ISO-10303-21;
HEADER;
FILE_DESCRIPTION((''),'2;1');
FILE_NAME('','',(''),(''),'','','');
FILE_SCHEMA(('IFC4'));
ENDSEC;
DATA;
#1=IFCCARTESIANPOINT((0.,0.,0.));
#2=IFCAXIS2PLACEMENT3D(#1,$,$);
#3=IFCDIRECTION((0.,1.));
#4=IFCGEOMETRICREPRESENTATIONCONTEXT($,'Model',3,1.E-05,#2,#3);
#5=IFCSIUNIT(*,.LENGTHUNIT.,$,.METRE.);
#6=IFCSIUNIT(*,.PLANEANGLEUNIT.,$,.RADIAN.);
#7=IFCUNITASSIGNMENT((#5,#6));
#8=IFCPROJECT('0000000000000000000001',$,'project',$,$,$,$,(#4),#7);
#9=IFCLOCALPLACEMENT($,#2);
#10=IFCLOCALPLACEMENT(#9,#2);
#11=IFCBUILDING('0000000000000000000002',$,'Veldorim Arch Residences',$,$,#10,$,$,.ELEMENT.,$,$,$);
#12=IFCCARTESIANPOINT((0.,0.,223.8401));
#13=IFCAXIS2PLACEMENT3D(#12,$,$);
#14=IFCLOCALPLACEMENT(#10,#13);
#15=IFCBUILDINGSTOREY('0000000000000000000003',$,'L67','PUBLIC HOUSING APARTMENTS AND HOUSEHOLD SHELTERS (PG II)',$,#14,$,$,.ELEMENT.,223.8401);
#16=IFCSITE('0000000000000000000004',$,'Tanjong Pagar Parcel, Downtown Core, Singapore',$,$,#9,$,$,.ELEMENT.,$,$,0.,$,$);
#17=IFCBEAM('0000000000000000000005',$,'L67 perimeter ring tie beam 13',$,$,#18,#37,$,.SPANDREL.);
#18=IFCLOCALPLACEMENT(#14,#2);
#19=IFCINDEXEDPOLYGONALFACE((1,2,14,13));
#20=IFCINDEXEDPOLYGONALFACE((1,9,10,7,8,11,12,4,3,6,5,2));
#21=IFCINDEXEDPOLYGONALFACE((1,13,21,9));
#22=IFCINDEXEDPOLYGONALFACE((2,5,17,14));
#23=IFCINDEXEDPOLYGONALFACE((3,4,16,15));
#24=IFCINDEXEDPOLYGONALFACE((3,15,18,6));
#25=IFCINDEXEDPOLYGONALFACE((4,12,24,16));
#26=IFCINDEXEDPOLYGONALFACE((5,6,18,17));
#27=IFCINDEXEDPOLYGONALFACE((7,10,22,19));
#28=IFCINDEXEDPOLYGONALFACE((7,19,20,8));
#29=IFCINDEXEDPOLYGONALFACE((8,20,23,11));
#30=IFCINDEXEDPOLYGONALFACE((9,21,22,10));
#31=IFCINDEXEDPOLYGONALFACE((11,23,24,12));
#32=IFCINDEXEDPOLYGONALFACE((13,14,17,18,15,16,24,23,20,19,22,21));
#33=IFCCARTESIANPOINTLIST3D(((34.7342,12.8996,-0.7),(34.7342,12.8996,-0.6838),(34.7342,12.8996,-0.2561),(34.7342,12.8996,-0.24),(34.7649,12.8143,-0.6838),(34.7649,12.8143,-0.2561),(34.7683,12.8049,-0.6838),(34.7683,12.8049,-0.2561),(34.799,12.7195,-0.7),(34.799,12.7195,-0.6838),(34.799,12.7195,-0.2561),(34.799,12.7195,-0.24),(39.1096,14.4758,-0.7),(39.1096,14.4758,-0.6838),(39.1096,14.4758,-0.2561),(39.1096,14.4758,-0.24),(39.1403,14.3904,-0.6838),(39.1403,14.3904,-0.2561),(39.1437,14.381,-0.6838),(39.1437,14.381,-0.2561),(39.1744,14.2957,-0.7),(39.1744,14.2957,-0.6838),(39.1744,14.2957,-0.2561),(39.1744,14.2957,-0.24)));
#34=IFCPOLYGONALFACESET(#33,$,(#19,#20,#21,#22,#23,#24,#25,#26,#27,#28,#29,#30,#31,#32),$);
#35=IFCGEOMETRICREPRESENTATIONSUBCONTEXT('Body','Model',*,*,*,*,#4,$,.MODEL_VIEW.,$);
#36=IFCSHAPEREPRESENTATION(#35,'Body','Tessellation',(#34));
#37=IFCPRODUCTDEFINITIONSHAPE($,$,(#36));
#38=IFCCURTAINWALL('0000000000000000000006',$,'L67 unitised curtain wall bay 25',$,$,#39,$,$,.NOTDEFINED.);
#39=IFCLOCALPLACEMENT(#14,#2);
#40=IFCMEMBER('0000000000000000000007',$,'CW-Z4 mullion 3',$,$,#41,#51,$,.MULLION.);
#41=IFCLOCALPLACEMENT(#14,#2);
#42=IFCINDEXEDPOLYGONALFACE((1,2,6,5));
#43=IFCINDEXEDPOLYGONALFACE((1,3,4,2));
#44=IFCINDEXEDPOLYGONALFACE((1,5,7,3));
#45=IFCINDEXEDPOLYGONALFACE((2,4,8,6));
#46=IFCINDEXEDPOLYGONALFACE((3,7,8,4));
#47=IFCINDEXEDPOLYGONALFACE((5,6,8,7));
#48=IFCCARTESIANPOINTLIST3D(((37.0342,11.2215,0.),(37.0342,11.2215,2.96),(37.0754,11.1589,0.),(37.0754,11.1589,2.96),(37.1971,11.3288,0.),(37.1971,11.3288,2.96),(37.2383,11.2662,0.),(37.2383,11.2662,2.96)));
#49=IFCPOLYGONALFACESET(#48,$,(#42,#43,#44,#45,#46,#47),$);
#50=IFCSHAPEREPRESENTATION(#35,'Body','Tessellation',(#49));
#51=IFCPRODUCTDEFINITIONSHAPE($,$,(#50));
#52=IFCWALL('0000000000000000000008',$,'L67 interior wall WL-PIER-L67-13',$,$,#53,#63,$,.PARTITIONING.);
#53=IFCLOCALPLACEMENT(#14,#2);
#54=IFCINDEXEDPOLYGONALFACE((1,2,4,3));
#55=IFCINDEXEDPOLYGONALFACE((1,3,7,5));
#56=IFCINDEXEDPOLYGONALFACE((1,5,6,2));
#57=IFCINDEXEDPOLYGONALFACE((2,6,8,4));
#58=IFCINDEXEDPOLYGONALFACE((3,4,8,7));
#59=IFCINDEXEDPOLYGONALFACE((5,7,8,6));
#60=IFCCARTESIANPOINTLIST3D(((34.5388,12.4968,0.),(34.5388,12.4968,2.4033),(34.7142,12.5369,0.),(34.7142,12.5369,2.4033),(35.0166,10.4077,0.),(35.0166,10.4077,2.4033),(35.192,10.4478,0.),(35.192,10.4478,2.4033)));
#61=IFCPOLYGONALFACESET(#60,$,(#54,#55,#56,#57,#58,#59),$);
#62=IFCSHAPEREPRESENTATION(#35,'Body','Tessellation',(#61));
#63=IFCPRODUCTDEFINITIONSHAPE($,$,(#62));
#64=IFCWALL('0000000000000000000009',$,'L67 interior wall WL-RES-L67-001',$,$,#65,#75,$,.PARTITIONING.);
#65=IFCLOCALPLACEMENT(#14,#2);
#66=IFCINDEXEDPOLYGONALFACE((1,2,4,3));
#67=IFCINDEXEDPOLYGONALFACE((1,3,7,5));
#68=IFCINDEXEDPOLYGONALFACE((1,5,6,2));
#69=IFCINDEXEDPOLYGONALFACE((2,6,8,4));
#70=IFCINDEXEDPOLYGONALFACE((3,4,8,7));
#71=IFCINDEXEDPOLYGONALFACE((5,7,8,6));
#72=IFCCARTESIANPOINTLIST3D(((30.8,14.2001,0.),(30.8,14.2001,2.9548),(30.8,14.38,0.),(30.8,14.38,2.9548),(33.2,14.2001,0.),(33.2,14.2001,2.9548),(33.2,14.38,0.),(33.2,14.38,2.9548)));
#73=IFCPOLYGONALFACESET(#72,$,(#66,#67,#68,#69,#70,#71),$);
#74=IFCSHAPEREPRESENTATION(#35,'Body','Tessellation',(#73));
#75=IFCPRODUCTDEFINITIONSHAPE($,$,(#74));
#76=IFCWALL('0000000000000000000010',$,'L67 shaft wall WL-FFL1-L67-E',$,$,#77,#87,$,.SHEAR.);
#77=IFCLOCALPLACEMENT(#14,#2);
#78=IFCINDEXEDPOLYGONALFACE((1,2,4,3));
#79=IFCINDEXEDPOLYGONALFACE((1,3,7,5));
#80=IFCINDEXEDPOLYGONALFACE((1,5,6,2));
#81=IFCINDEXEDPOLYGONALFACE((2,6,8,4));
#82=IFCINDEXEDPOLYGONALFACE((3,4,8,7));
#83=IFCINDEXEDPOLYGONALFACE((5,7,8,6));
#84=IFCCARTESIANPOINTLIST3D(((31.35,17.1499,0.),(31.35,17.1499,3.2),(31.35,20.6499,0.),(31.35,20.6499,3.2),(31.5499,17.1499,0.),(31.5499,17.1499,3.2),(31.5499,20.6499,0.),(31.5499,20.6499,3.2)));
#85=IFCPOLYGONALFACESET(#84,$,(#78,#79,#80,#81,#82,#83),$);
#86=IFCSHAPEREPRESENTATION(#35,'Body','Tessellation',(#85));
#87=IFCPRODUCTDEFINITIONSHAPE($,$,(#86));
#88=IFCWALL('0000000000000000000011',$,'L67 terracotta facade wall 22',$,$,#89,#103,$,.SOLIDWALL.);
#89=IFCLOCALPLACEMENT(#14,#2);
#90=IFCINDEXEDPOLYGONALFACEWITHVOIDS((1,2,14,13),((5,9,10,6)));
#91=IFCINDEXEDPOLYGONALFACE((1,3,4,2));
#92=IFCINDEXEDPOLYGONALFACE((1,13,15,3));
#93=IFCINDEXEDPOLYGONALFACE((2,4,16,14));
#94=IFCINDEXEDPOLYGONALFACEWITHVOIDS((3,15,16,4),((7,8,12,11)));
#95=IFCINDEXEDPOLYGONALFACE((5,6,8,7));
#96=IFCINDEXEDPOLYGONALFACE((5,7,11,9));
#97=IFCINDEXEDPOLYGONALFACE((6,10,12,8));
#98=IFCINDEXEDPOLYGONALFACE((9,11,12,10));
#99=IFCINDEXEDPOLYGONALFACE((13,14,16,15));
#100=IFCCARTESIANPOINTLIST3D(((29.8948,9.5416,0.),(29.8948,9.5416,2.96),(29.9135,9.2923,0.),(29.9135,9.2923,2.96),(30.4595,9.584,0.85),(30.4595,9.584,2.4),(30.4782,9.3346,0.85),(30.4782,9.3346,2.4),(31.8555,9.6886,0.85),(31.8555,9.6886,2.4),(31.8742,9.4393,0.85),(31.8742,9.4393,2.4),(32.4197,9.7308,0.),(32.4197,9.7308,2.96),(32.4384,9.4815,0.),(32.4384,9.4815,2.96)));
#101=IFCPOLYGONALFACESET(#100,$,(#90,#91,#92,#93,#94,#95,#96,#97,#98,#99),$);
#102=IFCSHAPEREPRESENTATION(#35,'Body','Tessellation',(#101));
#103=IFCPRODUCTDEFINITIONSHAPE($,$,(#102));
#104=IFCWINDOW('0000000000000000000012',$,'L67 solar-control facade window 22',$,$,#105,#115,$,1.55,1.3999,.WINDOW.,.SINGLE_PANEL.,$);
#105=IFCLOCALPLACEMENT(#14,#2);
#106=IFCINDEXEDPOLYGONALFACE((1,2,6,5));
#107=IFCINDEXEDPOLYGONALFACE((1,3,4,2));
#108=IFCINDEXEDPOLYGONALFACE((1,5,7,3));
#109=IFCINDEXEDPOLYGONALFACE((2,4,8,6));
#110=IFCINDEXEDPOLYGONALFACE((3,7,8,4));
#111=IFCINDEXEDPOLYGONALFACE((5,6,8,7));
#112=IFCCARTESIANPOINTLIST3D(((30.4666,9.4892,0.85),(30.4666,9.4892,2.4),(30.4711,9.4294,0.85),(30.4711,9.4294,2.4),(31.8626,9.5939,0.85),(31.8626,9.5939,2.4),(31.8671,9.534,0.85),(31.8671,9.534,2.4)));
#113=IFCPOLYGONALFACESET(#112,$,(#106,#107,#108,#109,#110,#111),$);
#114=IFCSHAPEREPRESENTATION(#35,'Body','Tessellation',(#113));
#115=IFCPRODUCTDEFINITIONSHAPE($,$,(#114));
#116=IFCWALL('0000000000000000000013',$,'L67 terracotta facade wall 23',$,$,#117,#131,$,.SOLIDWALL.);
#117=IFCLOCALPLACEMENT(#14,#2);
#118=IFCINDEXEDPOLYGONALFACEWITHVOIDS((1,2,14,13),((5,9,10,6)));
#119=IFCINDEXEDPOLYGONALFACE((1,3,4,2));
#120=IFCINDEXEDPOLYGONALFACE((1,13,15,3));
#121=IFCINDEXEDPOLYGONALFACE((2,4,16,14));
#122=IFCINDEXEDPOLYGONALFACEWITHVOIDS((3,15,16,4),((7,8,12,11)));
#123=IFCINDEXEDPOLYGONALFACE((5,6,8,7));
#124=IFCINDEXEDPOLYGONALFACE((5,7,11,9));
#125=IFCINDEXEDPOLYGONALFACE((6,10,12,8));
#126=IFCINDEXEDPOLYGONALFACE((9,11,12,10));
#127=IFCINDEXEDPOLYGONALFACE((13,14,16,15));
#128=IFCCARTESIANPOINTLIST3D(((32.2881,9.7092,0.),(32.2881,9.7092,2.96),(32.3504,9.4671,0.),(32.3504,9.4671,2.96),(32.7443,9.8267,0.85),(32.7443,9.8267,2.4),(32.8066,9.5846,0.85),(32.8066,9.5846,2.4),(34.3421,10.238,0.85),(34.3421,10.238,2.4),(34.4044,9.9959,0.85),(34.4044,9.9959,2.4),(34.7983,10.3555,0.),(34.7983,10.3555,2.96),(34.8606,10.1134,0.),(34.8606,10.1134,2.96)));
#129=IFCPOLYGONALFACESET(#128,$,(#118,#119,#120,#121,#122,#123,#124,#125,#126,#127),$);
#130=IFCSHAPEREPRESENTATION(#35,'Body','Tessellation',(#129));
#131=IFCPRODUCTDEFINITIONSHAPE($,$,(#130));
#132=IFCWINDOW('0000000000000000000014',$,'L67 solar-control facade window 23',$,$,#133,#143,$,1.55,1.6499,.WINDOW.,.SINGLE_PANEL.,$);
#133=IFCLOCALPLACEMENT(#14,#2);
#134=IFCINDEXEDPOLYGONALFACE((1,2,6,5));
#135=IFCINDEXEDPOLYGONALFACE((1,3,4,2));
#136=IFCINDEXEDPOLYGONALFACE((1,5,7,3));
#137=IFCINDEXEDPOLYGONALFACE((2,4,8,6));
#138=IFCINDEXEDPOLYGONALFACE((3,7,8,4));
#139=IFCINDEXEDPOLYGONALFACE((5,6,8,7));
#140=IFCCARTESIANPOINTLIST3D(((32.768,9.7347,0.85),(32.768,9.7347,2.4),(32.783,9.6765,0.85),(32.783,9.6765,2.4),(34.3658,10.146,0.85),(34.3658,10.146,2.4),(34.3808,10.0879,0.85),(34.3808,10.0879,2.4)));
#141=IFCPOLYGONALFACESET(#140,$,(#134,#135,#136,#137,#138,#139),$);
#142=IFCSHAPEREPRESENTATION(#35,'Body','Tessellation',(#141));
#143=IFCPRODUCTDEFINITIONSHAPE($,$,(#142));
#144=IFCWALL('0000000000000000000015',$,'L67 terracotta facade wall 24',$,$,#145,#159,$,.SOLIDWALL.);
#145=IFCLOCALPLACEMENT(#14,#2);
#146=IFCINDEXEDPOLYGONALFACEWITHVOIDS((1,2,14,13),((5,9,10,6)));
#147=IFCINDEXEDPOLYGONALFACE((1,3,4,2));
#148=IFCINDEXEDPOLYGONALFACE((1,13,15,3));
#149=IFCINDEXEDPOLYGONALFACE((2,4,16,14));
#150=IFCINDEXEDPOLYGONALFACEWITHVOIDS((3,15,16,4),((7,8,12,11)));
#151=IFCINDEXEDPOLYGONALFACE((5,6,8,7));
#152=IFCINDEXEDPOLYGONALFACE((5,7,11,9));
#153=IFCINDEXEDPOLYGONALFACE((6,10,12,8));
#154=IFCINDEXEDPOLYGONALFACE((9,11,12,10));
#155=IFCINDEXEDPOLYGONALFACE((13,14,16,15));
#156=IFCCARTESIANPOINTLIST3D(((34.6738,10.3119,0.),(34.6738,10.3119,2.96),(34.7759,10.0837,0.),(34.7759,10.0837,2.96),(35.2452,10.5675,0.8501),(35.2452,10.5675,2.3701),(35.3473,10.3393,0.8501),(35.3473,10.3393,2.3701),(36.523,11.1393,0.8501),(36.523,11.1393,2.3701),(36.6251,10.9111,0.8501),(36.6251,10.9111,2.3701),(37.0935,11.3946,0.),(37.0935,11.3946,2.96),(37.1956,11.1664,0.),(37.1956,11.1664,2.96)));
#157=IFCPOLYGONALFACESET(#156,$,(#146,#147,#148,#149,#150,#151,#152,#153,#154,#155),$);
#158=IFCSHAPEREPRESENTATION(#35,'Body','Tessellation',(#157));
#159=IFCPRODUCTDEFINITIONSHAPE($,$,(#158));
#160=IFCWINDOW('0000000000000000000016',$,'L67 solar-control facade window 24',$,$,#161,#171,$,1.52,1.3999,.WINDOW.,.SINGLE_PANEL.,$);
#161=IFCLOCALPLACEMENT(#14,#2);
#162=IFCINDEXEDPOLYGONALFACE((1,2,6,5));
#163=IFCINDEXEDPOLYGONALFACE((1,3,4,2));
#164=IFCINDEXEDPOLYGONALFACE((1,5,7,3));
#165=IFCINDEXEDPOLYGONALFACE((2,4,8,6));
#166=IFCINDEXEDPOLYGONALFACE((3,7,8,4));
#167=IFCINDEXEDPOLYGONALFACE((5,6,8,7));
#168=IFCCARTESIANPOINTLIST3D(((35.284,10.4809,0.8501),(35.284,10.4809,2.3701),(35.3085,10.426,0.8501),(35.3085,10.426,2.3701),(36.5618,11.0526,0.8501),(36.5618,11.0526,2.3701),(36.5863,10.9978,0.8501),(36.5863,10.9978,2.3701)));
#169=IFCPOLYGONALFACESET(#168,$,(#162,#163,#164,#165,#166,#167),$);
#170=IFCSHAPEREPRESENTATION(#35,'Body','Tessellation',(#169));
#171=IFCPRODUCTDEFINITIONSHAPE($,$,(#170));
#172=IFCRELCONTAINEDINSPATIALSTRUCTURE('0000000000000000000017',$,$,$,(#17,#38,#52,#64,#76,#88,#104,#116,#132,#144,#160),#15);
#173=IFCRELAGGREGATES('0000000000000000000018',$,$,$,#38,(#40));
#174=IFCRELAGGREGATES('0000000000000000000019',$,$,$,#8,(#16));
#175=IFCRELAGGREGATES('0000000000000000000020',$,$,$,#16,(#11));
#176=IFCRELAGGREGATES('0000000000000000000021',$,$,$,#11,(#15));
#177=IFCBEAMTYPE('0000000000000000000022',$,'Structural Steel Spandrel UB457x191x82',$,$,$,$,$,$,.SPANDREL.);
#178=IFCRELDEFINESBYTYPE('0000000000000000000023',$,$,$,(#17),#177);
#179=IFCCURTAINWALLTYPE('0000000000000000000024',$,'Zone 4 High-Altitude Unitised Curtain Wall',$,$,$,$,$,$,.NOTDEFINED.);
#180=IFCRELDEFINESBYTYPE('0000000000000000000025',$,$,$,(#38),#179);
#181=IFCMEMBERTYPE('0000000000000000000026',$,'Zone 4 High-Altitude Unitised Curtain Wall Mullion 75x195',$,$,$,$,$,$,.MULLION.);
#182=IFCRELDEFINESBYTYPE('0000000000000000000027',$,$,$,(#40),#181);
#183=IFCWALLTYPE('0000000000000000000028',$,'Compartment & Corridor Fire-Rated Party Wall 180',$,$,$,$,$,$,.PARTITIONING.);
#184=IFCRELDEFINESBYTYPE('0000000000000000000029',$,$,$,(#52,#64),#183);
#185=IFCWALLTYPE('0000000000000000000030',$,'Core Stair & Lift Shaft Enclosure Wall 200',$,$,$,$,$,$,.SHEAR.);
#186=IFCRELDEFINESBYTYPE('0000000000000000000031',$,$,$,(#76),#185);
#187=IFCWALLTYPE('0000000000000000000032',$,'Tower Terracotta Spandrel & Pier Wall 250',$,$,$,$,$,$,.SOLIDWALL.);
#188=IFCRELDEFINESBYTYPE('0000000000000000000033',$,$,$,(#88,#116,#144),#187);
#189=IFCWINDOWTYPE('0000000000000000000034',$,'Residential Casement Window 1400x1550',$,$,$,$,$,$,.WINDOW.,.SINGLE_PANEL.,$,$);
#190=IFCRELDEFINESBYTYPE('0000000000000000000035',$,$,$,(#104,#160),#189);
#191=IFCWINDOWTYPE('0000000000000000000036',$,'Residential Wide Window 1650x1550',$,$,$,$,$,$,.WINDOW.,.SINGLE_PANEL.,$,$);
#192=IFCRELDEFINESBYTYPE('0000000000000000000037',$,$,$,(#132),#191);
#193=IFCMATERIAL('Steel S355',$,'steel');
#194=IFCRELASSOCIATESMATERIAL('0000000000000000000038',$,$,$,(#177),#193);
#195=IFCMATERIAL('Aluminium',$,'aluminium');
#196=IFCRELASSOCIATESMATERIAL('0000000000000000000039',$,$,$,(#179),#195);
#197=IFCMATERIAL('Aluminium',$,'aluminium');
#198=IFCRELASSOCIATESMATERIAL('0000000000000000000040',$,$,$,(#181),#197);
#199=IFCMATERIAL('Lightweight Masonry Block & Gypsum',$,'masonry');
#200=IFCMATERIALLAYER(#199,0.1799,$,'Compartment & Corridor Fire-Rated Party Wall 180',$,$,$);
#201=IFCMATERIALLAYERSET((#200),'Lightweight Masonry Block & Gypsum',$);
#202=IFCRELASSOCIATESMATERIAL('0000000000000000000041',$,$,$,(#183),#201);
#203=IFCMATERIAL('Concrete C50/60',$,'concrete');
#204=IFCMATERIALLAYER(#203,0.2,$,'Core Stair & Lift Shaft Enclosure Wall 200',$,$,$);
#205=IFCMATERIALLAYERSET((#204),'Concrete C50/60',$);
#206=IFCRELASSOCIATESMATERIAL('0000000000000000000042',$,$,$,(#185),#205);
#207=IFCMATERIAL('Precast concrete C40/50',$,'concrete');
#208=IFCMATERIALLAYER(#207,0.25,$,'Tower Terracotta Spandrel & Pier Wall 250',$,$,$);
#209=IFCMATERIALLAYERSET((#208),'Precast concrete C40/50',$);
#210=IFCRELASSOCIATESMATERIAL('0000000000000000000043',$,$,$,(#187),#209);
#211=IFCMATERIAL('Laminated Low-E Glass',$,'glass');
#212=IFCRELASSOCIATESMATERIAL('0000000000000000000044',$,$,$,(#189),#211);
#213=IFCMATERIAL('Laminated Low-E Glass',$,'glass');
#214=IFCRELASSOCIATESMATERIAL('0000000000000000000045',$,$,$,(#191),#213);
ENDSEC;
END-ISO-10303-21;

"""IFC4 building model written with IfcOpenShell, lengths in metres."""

from ifc_helpers import new_model, si_unit, direction, frame, frame_2d, origin, origin_2d, place, context, subcontext, project, spatial, rectangle, i_section, extrude, material, layer, layer_set, material_profile, profile_set, type_object, element, fill, aggregate, save


model = new_model("IFC4")

# Units and contexts
model_context = context("Model", 3, precision=1e-05, world=origin(), true_north=direction((0.0, 1.0)))
body_context = subcontext(model_context, "Body", "Model", "MODEL_VIEW")
ifc_project = project(units=[si_unit("LENGTHUNIT", "METRE"), si_unit("PLANEANGLEUNIT", "RADIAN")], contexts=[model_context])

# Site, building, storey
site_placement = place(None, origin())
site = spatial("IfcSite", under=ifc_project, at=site_placement, Name="Tanjong Pagar Parcel, Downtown Core, Singapore", CompositionType="ELEMENT", RefElevation=0.0)
building_placement = place(site_placement, origin())
building = spatial("IfcBuilding", under=site, at=building_placement, Name="Veldorim Arch Residences", CompositionType="ELEMENT")
storey_placement = place(building_placement, frame((0.0, 0.0, 223.8401)))
storey = spatial("IfcBuildingStorey", under=building, at=storey_placement, Name="L67", Description="PUBLIC HOUSING APARTMENTS AND HOUSEHOLD SHELTERS (PG II)", CompositionType="ELEMENT", Elevation=223.8401)

# Beam
ifc_material_1 = material(Name="Steel S355", Category="steel")
ifc_material_profile_1 = material_profile(ifc_material_1, i_section(OverallWidth=0.1914, OverallDepth=0.46, WebThickness=0.01, FlangeThickness=0.0161, at=origin_2d()), Name="UB457x191x82")
ifc_profile_set_1 = profile_set([ifc_material_profile_1], Name="Steel S355")
beam_type_1 = type_object("IfcBeamType", Name="Structural Steel Spandrel UB457x191x82", PredefinedType="SPANDREL", material=ifc_profile_set_1)
beam_1_placement = place(storey_placement, frame((34.7666, 12.8096, -0.47), z_axis=(0.940819, 0.338909, 0.0), x_axis=(-0.338909, 0.940819, 0.0)))
element("IfcBeam", 1, at=beam_1_placement, inside=storey, type_object=beam_type_1, Name="L67 perimeter ring tie beam 13", PredefinedType="SPANDREL", context=body_context, shape_type="SweptSolid", body=[
    extrude(i_section(OverallWidth=0.1914, OverallDepth=0.46, WebThickness=0.01, FlangeThickness=0.0161, at=origin_2d()), origin(), (0.0, 0.0, 1.0), 4.6506),
])

# Curtain wall, member
ifc_material_2 = material(Name="Aluminium", Category="aluminium")
curtain_wall_type = type_object("IfcCurtainWallType", Name="Zone 4 High-Altitude Unitised Curtain Wall", PredefinedType="NOTDEFINED", material=ifc_material_2)
curtain_wall_placement = place(storey_placement, origin())
curtain_wall = element("IfcCurtainWall", 2, at=curtain_wall_placement, inside=storey, type_object=curtain_wall_type, Name="L67 unitised curtain wall bay 25", PredefinedType="NOTDEFINED")
ifc_material_3 = material(Name="Aluminium", Category="aluminium")
ifc_material_profile_2 = material_profile(ifc_material_3, rectangle(XDim=0.075, YDim=0.1951, at=origin_2d()), Name="ALU_MUL_75x195")
ifc_profile_set_2 = profile_set([ifc_material_profile_2], Name="Aluminium")
member_type = type_object("IfcMemberType", Name="Zone 4 High-Altitude Unitised Curtain Wall Mullion 75x195", PredefinedType="MULLION", material=ifc_profile_set_2)
member_placement = place(storey_placement, frame((37.1362, 11.2439, 0.0), z_axis=(0.0, 0.0, 1.0), x_axis=(0.550062, -0.835124, 0.0)))
member = element("IfcMember", 3, at=member_placement, type_object=member_type, Name="CW-Z4 mullion 3", PredefinedType="MULLION", context=body_context, shape_type="SweptSolid", body=[
    extrude(rectangle(XDim=0.075, YDim=0.1951, at=origin_2d()), origin(), (0.0, 0.0, 1.0), 2.96),
])
aggregate(curtain_wall, [member])

# Walls
ifc_material_4 = material(Name="Lightweight Masonry Block & Gypsum", Category="masonry")
ifc_layer_1 = layer(ifc_material_4, 0.1799, Name="Compartment & Corridor Fire-Rated Party Wall 180")
ifc_layer_set_1 = layer_set([ifc_layer_1], Name="Lightweight Masonry Block & Gypsum")
wall_type_1 = type_object("IfcWallType", Name="Compartment & Corridor Fire-Rated Party Wall 180", PredefinedType="PARTITIONING", material=ifc_layer_set_1)
wall_1_placement = place(storey_placement, frame((34.6265, 12.5168, 0.0), z_axis=(0.0, 0.0, 1.0), x_axis=(0.222945, -0.974831, 0.0)))
element("IfcWall", 4, at=wall_1_placement, inside=storey, type_object=wall_type_1, Name="L67 interior wall WL-PIER-L67-13", PredefinedType="PARTITIONING", context=body_context, shape_type="SweptSolid", body=[
    extrude(rectangle(XDim=2.1431, YDim=0.1799, at=frame_2d((1.0715, 0.0))), origin(), (0.0, 0.0, 1.0), 2.4033),
])
wall_2_placement = place(storey_placement, frame((33.2, 14.29, 0.0), z_axis=(0.0, 0.0, 1.0), x_axis=(-1.0, 0.0, 0.0)))
element("IfcWall", 5, at=wall_2_placement, inside=storey, type_object=wall_type_1, Name="L67 interior wall WL-RES-L67-001", PredefinedType="PARTITIONING", context=body_context, shape_type="SweptSolid", body=[
    extrude(rectangle(XDim=2.3999, YDim=0.1799, at=frame_2d((1.2, 0.0))), origin(), (0.0, 0.0, 1.0), 2.9548),
])
ifc_material_5 = material(Name="Concrete C50/60", Category="concrete")
ifc_layer_2 = layer(ifc_material_5, 0.2, Name="Core Stair & Lift Shaft Enclosure Wall 200")
ifc_layer_set_2 = layer_set([ifc_layer_2], Name="Concrete C50/60")
wall_type_2 = type_object("IfcWallType", Name="Core Stair & Lift Shaft Enclosure Wall 200", PredefinedType="SHEAR", material=ifc_layer_set_2)
wall_3_placement = place(storey_placement, frame((31.45, 17.1499, 0.0), z_axis=(0.0, 0.0, 1.0), x_axis=(0.0, 1.0, 0.0)))
element("IfcWall", 6, at=wall_3_placement, inside=storey, type_object=wall_type_2, Name="L67 shaft wall WL-FFL1-L67-E", PredefinedType="SHEAR", context=body_context, shape_type="SweptSolid", body=[
    extrude(rectangle(XDim=3.5, YDim=0.2, at=frame_2d((1.75, 0.0))), origin(), (0.0, 0.0, 1.0), 3.2),
])

# Walls, openings, windows
ifc_material_6 = material(Name="Precast concrete C40/50", Category="concrete")
ifc_layer_3 = layer(ifc_material_6, 0.25, Name="Tower Terracotta Spandrel & Pier Wall 250")
ifc_layer_set_3 = layer_set([ifc_layer_3], Name="Precast concrete C40/50")
wall_type_3 = type_object("IfcWallType", Name="Tower Terracotta Spandrel & Pier Wall 250", PredefinedType="SOLIDWALL", material=ifc_layer_set_3)
wall_4_placement = place(storey_placement, frame((32.4292, 9.6062, 0.0), z_axis=(0.0, 0.0, 1.0), x_axis=(-0.997204, -0.074728, 0.0)))
wall_4 = element("IfcWall", 7, at=wall_4_placement, inside=storey, type_object=wall_type_3, Name="L67 terracotta facade wall 22", PredefinedType="SOLIDWALL", context=body_context, shape_type="SweptSolid", body=[
    extrude(rectangle(XDim=2.532, YDim=0.25, at=frame_2d((1.2661, 0.0))), origin(), (0.0, 0.0, 1.0), 2.96),
])
opening_1_placement = place(wall_4_placement, frame((0.5659, 0.0, 0.8501)))
opening_1 = element("IfcOpeningElement", 8, at=opening_1_placement, cuts=wall_4, PredefinedType="OPENING", context=body_context, shape_type="SweptSolid", body=[
    extrude(rectangle(XDim=1.3999, YDim=1.55, at=frame_2d((0.7, 0.7749))), frame((0.0, 0.135, 0.0), z_axis=(0.0, -1.0, 0.0), x_axis=(1.0, 0.0, 0.0)), (0.0, 0.0, 1.0), 0.27),
])
ifc_material_7 = material(Name="Laminated Low-E Glass", Category="glass")
window_type_1 = type_object("IfcWindowType", Name="Residential Casement Window 1400x1550", PartitioningType="SINGLE_PANEL", PredefinedType="WINDOW", material=ifc_material_7)
window_1_placement = place(opening_1_placement, origin())
window_1 = element("IfcWindow", 9, at=window_1_placement, inside=storey, type_object=window_type_1, Name="L67 solar-control facade window 22", OverallHeight=1.55, OverallWidth=1.3999, PartitioningType="SINGLE_PANEL", PredefinedType="WINDOW", context=body_context, shape_type="SweptSolid", body=[
    extrude(rectangle(XDim=1.3999, YDim=1.55, at=frame_2d((0.7, 0.7749))), frame((0.0, 0.03, 0.0), z_axis=(0.0, -1.0, 0.0), x_axis=(1.0, 0.0, 0.0)), (0.0, 0.0, 1.0), 0.0601),
])
fill(opening_1, window_1)
wall_5_placement = place(storey_placement, frame((34.8293, 10.2344, 0.0), z_axis=(0.0, 0.0, 1.0), x_axis=(-0.968423, -0.249311, 0.0)))
wall_5 = element("IfcWall", 10, at=wall_5_placement, inside=storey, type_object=wall_type_3, Name="L67 terracotta facade wall 23", PredefinedType="SOLIDWALL", context=body_context, shape_type="SweptSolid", body=[
    extrude(rectangle(XDim=2.592, YDim=0.25, at=frame_2d((1.2959, 0.0))), origin(), (0.0, 0.0, 1.0), 2.96),
])
opening_2_placement = place(wall_5_placement, frame((0.4709, 0.0, 0.8501)))
opening_2 = element("IfcOpeningElement", 11, at=opening_2_placement, cuts=wall_5, PredefinedType="OPENING", context=body_context, shape_type="SweptSolid", body=[
    extrude(rectangle(XDim=1.6499, YDim=1.55, at=frame_2d((0.825, 0.7749))), frame((0.0, 0.135, 0.0), z_axis=(0.0, -1.0, 0.0), x_axis=(1.0, 0.0, 0.0)), (0.0, 0.0, 1.0), 0.27),
])
ifc_material_8 = material(Name="Laminated Low-E Glass", Category="glass")
window_type_2 = type_object("IfcWindowType", Name="Residential Wide Window 1650x1550", PartitioningType="SINGLE_PANEL", PredefinedType="WINDOW", material=ifc_material_8)
window_2_placement = place(opening_2_placement, origin())
window_2 = element("IfcWindow", 12, at=window_2_placement, inside=storey, type_object=window_type_2, Name="L67 solar-control facade window 23", OverallHeight=1.55, OverallWidth=1.6499, PartitioningType="SINGLE_PANEL", PredefinedType="WINDOW", context=body_context, shape_type="SweptSolid", body=[
    extrude(rectangle(XDim=1.6499, YDim=1.55, at=frame_2d((0.825, 0.7749))), frame((0.0, 0.03, 0.0), z_axis=(0.0, -1.0, 0.0), x_axis=(1.0, 0.0, 0.0)), (0.0, 0.0, 1.0), 0.0601),
])
fill(opening_2, window_2)
wall_6_placement = place(storey_placement, frame((37.1445, 11.2805, 0.0), z_axis=(0.0, 0.0, 1.0), x_axis=(-0.912779, -0.408453, 0.0)))
wall_6 = element("IfcWall", 13, at=wall_6_placement, inside=storey, type_object=wall_type_3, Name="L67 terracotta facade wall 24", PredefinedType="SOLIDWALL", context=body_context, shape_type="SweptSolid", body=[
    extrude(rectangle(XDim=2.6509, YDim=0.25, at=frame_2d((1.3254, 0.0))), origin(), (0.0, 0.0, 1.0), 2.96),
])
opening_3_placement = place(wall_6_placement, frame((0.625, 0.0, 0.8501)))
opening_3 = element("IfcOpeningElement", 14, at=opening_3_placement, cuts=wall_6, PredefinedType="OPENING", context=body_context, shape_type="SweptSolid", body=[
    extrude(rectangle(XDim=1.3999, YDim=1.52, at=frame_2d((0.7, 0.76))), frame((0.0, 0.135, 0.0), z_axis=(0.0, -1.0, 0.0), x_axis=(1.0, 0.0, 0.0)), (0.0, 0.0, 1.0), 0.27),
])
window_3_placement = place(opening_3_placement, origin())
window_3 = element("IfcWindow", 15, at=window_3_placement, inside=storey, type_object=window_type_1, Name="L67 solar-control facade window 24", OverallHeight=1.52, OverallWidth=1.3999, PartitioningType="SINGLE_PANEL", PredefinedType="WINDOW", context=body_context, shape_type="SweptSolid", body=[
    extrude(rectangle(XDim=1.3999, YDim=1.52, at=frame_2d((0.7, 0.76))), frame((0.0, 0.03, 0.0), z_axis=(0.0, -1.0, 0.0), x_axis=(1.0, 0.0, 0.0)), (0.0, 0.0, 1.0), 0.0601),
])
fill(opening_3, window_3)

save(model, "model.ifc")
